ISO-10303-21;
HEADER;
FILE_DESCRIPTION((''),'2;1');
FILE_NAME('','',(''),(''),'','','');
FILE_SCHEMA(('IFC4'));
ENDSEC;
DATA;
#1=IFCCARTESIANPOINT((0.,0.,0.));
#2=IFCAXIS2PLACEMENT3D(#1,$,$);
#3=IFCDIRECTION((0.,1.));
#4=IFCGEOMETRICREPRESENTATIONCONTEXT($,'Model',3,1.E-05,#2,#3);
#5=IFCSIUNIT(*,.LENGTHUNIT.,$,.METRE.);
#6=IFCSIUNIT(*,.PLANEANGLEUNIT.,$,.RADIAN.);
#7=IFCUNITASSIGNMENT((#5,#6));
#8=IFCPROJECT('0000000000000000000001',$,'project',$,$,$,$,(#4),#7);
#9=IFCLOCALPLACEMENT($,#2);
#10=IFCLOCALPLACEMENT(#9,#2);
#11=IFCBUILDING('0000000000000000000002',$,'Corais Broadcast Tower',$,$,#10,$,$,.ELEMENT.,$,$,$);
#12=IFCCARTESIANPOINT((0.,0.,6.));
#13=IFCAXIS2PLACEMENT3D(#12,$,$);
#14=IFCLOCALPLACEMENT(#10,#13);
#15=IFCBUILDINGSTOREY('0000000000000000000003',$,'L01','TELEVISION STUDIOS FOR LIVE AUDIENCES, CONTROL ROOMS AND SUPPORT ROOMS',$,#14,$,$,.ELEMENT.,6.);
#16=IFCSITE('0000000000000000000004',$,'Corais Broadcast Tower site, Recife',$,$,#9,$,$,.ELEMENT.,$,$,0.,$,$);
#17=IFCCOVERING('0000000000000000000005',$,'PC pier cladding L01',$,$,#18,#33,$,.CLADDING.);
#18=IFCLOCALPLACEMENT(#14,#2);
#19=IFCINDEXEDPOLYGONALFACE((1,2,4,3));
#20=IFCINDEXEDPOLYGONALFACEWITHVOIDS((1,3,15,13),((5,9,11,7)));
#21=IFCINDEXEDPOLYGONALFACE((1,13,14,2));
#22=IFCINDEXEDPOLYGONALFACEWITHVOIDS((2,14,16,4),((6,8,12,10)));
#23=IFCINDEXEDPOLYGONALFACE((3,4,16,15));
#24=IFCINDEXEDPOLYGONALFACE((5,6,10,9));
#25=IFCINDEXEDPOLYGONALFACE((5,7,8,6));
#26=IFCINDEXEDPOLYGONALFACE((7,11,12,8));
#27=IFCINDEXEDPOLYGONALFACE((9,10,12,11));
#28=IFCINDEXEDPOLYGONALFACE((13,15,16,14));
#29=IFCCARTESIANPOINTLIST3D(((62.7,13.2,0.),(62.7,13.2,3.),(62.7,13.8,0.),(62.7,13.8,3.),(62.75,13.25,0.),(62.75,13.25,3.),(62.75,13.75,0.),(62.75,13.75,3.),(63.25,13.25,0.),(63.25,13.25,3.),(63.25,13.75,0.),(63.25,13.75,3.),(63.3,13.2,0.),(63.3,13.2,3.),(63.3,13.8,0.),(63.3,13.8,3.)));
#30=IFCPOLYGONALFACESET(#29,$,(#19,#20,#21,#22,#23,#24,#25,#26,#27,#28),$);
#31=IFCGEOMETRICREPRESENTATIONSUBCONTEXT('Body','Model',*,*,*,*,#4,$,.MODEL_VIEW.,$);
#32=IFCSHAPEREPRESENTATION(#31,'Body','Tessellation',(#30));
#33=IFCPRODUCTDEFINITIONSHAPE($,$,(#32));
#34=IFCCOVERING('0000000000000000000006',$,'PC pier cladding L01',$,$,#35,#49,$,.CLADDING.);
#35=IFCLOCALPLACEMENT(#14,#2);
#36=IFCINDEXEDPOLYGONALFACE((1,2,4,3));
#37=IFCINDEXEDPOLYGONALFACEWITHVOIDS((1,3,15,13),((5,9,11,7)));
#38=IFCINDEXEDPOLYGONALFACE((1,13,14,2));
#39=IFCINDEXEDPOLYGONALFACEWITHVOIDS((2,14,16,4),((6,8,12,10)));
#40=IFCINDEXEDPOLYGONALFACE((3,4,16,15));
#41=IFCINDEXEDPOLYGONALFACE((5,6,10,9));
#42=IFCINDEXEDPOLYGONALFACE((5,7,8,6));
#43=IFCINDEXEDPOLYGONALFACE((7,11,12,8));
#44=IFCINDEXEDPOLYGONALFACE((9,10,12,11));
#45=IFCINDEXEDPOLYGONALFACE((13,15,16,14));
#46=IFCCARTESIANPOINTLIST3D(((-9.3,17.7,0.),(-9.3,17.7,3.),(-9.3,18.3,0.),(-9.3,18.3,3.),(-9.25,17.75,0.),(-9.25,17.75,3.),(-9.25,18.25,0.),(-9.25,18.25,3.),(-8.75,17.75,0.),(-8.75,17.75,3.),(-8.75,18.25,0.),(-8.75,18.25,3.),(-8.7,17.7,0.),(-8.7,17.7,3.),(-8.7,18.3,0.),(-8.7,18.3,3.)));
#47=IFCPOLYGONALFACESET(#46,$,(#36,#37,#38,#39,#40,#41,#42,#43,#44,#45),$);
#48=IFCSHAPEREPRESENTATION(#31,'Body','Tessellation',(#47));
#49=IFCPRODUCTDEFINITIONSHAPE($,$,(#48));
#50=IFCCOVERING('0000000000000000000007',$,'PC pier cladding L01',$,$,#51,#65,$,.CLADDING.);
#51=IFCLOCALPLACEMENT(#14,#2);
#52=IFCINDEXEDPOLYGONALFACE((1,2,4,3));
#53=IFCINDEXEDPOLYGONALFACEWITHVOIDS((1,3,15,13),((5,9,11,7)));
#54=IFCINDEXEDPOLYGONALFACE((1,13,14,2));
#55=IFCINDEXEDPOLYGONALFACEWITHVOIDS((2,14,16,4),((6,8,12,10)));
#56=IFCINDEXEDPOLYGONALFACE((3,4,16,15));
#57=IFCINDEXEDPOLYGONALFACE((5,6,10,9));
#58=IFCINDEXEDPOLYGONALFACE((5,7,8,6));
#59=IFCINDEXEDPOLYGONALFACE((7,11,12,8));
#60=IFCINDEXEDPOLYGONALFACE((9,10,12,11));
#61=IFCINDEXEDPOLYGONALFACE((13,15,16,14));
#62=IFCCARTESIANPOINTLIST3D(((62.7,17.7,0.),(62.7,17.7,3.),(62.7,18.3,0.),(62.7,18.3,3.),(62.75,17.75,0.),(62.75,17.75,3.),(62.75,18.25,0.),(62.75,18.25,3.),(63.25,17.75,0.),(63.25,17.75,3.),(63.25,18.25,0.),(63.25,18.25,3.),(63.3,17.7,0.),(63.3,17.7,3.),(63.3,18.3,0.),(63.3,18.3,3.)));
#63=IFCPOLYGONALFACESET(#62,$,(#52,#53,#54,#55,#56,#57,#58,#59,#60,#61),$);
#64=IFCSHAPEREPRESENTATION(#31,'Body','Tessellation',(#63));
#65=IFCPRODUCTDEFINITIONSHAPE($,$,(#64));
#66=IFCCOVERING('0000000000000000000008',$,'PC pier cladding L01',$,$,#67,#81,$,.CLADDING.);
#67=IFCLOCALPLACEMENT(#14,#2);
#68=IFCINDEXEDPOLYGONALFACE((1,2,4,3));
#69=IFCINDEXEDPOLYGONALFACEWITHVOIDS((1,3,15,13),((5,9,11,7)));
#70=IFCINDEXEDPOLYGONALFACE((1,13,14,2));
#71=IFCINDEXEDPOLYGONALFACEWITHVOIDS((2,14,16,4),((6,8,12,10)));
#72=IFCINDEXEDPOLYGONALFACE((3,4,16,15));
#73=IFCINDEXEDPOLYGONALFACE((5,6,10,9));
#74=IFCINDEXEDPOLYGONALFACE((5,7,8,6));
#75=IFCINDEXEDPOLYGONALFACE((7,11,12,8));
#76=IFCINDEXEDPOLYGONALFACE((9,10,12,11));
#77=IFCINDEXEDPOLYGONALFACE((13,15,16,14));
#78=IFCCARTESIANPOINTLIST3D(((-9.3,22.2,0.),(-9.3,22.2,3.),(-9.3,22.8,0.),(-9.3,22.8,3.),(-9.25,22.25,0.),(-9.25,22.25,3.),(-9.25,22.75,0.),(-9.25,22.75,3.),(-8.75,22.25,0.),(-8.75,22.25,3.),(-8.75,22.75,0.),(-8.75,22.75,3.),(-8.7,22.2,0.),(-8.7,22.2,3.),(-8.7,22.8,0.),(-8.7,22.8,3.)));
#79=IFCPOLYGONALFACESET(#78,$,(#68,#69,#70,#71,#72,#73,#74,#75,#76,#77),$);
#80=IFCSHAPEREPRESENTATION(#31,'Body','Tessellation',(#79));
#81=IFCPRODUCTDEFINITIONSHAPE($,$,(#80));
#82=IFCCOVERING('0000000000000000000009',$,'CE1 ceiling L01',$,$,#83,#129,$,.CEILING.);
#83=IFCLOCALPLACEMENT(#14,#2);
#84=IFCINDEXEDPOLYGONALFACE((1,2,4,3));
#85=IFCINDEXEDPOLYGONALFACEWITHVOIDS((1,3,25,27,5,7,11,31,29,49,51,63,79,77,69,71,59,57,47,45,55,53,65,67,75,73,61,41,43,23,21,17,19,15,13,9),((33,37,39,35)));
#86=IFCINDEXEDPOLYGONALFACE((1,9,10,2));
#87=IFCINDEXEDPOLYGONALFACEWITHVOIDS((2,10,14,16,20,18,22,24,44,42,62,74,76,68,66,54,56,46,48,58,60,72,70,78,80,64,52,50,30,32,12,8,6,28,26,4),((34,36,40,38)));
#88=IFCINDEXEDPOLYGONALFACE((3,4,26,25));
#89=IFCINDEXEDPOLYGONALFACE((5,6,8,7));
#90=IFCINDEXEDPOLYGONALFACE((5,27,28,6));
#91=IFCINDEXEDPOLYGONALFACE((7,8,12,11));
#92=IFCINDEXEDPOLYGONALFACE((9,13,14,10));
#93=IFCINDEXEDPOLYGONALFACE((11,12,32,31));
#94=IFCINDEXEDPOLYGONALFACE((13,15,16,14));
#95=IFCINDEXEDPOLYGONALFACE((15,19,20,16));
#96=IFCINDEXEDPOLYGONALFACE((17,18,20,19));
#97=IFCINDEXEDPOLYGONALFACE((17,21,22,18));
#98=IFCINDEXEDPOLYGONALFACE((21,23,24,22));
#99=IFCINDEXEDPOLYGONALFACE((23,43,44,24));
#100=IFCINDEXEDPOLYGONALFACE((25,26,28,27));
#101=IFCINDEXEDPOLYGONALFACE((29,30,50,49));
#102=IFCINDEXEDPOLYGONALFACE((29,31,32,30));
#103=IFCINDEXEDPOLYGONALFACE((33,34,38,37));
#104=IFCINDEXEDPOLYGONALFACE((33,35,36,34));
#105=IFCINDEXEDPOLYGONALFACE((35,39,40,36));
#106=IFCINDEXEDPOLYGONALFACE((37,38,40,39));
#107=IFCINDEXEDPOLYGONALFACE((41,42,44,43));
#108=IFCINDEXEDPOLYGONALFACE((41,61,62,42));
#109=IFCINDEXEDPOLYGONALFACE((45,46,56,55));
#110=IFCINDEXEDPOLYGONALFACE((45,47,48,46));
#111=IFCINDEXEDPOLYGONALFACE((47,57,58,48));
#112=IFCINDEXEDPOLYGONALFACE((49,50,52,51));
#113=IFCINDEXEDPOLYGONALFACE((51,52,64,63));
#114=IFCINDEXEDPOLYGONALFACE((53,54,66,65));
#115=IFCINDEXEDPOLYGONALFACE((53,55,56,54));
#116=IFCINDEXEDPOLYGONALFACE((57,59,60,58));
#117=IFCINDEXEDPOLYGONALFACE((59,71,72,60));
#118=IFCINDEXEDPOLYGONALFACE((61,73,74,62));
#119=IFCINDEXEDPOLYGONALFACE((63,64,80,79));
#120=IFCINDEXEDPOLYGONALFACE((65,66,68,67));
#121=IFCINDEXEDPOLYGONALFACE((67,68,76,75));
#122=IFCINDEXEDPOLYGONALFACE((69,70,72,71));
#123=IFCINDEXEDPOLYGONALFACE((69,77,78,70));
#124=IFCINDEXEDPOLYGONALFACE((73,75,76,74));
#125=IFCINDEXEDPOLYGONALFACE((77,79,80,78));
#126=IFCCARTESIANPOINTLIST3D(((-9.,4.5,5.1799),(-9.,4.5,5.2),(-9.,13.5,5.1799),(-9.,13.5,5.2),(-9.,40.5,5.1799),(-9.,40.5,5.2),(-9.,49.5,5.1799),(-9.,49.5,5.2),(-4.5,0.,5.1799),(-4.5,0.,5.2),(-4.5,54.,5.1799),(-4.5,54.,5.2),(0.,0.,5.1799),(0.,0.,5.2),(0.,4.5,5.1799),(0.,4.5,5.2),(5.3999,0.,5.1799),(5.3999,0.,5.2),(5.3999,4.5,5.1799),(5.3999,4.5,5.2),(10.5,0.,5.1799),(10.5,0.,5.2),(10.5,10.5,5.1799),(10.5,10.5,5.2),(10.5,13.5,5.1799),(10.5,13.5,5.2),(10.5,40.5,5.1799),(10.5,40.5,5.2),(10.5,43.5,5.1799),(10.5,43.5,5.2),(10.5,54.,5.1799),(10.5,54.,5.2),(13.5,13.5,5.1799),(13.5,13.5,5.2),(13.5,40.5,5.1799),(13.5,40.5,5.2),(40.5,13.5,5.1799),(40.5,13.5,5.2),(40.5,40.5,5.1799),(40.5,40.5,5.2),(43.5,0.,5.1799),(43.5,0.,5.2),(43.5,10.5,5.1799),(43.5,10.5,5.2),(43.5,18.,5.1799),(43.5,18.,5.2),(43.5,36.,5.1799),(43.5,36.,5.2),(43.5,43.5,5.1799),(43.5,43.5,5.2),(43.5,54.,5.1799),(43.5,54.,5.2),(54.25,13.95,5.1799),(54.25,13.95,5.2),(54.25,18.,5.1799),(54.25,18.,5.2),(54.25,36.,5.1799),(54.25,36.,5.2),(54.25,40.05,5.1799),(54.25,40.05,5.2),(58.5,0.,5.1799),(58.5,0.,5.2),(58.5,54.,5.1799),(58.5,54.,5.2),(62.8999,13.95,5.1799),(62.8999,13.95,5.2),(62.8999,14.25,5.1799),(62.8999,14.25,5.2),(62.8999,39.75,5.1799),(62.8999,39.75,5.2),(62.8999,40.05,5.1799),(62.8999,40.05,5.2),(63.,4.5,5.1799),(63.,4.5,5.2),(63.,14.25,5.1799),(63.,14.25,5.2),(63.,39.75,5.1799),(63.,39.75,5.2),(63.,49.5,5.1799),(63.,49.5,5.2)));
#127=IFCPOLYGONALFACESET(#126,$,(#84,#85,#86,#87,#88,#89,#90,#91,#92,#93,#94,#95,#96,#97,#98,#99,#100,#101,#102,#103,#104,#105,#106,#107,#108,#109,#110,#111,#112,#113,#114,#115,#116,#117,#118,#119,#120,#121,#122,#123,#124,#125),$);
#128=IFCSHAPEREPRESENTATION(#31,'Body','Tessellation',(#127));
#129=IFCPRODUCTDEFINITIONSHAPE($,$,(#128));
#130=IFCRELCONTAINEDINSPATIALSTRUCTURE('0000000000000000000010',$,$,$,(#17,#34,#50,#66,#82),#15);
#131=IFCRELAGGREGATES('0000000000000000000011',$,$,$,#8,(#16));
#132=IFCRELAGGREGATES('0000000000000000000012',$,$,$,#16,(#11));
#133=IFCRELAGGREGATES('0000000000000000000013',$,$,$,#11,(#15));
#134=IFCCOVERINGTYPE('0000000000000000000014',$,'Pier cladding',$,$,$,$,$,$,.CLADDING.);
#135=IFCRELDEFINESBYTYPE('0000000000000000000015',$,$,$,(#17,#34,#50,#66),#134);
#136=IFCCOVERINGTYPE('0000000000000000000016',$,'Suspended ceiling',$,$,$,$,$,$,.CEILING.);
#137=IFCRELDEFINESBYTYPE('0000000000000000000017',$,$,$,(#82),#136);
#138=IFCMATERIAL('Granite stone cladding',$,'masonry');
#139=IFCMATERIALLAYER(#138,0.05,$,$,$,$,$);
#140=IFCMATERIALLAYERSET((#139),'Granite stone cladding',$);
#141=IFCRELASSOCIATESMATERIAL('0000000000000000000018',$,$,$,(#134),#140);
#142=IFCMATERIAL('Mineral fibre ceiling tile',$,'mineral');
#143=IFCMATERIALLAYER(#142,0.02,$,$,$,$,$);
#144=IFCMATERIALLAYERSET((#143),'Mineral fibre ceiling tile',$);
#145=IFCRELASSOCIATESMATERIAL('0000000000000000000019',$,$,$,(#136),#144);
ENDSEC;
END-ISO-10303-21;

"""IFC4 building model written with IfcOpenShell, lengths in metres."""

from ifc_helpers import new_model, si_unit, direction, frame, origin, place, context, subcontext, project, spatial, polyline, outline, extrude, material, layer, layer_set, type_object, element, save


model = new_model("IFC4")

# Units and contexts
model_context = context("Model", 3, precision=1e-05, world=origin(), true_north=direction((0.0, 1.0)))
body_context = subcontext(model_context, "Body", "Model", "MODEL_VIEW")
ifc_project = project(units=[si_unit("LENGTHUNIT", "METRE"), si_unit("PLANEANGLEUNIT", "RADIAN")], contexts=[model_context])

# Site, building, storey
site_placement = place(None, origin())
site = spatial("IfcSite", under=ifc_project, at=site_placement, Name="Corais Broadcast Tower site, Recife", CompositionType="ELEMENT", RefElevation=0.0)
building_placement = place(site_placement, origin())
building = spatial("IfcBuilding", under=site, at=building_placement, Name="Corais Broadcast Tower", CompositionType="ELEMENT")
storey_placement = place(building_placement, frame((0.0, 0.0, 6.0)))
storey = spatial("IfcBuildingStorey", under=building, at=storey_placement, Name="L01", Description="TELEVISION STUDIOS FOR LIVE AUDIENCES, CONTROL ROOMS AND SUPPORT ROOMS", CompositionType="ELEMENT", Elevation=6.0)

# Coverings
ifc_material_1 = material(Name="Granite stone cladding", Category="masonry")
ifc_layer_1 = layer(ifc_material_1, 0.05)
ifc_layer_set_1 = layer_set([ifc_layer_1], Name="Granite stone cladding")
covering_type_1 = type_object("IfcCoveringType", Name="Pier cladding", PredefinedType="CLADDING", material=ifc_layer_set_1)
covering_1_placement = place(storey_placement, origin())
element("IfcCovering", 1, at=covering_1_placement, inside=storey, type_object=covering_type_1, Name="PC pier cladding L01", PredefinedType="CLADDING", context=body_context, shape_type="SweptSolid", body=[
    extrude(outline(polyline([(62.7, 13.2), (63.3, 13.2), (63.3, 13.8), (62.7, 13.8), (62.7, 13.2)]), holes=[polyline([(62.75, 13.25), (63.25, 13.25), (63.25, 13.75), (62.75, 13.75), (62.75, 13.25)])]), origin(), (0.0, 0.0, 1.0), 3.0),
])
covering_2_placement = place(storey_placement, origin())
element("IfcCovering", 2, at=covering_2_placement, inside=storey, type_object=covering_type_1, Name="PC pier cladding L01", PredefinedType="CLADDING", context=body_context, shape_type="SweptSolid", body=[
    extrude(outline(polyline([(-9.3, 17.7), (-8.7, 17.7), (-8.7, 18.3), (-9.3, 18.3), (-9.3, 17.7)]), holes=[polyline([(-9.25, 17.75), (-8.75, 17.75), (-8.75, 18.25), (-9.25, 18.25), (-9.25, 17.75)])]), origin(), (0.0, 0.0, 1.0), 3.0),
])
covering_3_placement = place(storey_placement, origin())
element("IfcCovering", 3, at=covering_3_placement, inside=storey, type_object=covering_type_1, Name="PC pier cladding L01", PredefinedType="CLADDING", context=body_context, shape_type="SweptSolid", body=[
    extrude(outline(polyline([(62.7, 17.7), (63.3, 17.7), (63.3, 18.3), (62.7, 18.3), (62.7, 17.7)]), holes=[polyline([(62.75, 17.75), (63.25, 17.75), (63.25, 18.25), (62.75, 18.25), (62.75, 17.75)])]), origin(), (0.0, 0.0, 1.0), 3.0),
])
covering_4_placement = place(storey_placement, origin())
element("IfcCovering", 4, at=covering_4_placement, inside=storey, type_object=covering_type_1, Name="PC pier cladding L01", PredefinedType="CLADDING", context=body_context, shape_type="SweptSolid", body=[
    extrude(outline(polyline([(-9.3, 22.2), (-8.7, 22.2), (-8.7, 22.8), (-9.3, 22.8), (-9.3, 22.2)]), holes=[polyline([(-9.25, 22.25), (-8.75, 22.25), (-8.75, 22.75), (-9.25, 22.75), (-9.25, 22.25)])]), origin(), (0.0, 0.0, 1.0), 3.0),
])
ifc_material_2 = material(Name="Mineral fibre ceiling tile", Category="mineral")
ifc_layer_2 = layer(ifc_material_2, 0.02)
ifc_layer_set_2 = layer_set([ifc_layer_2], Name="Mineral fibre ceiling tile")
covering_type_2 = type_object("IfcCoveringType", Name="Suspended ceiling", PredefinedType="CEILING", material=ifc_layer_set_2)
covering_5_placement = place(storey_placement, frame((0.0, 0.0, 5.1799)))
element("IfcCovering", 5, at=covering_5_placement, inside=storey, type_object=covering_type_2, Name="CE1 ceiling L01", PredefinedType="CEILING", context=body_context, shape_type="SweptSolid", body=[
    extrude(outline(polyline([(5.3999, 0.0), (5.3999, 4.5), (0.0, 4.5), (0.0, 0.0), (-4.5, 0.0), (-9.0, 4.5), (-9.0, 13.5), (10.5, 13.5), (10.5, 40.5), (-9.0, 40.5), (-9.0, 49.5), (-4.5, 54.0), (10.5, 54.0), (10.5, 43.5), (43.5, 43.5), (43.5, 54.0), (58.5, 54.0), (63.0, 49.5), (63.0, 39.75), (62.8999, 39.75), (62.8999, 40.05), (54.25, 40.05), (54.25, 36.0), (43.5, 36.0), (43.5, 18.0), (54.25, 18.0), (54.25, 13.95), (62.8999, 13.95), (62.8999, 14.25), (63.0, 14.25), (63.0, 4.5), (58.5, 0.0), (43.5, 0.0), (43.5, 10.5), (10.5, 10.5), (10.5, 0.0), (5.3999, 0.0)]), holes=[polyline([(40.5, 40.5), (13.5, 40.5), (13.5, 13.5), (40.5, 13.5), (40.5, 40.5)])]), origin(), (0.0, 0.0, 1.0), 0.02),
])

save(model, "model.ifc")
